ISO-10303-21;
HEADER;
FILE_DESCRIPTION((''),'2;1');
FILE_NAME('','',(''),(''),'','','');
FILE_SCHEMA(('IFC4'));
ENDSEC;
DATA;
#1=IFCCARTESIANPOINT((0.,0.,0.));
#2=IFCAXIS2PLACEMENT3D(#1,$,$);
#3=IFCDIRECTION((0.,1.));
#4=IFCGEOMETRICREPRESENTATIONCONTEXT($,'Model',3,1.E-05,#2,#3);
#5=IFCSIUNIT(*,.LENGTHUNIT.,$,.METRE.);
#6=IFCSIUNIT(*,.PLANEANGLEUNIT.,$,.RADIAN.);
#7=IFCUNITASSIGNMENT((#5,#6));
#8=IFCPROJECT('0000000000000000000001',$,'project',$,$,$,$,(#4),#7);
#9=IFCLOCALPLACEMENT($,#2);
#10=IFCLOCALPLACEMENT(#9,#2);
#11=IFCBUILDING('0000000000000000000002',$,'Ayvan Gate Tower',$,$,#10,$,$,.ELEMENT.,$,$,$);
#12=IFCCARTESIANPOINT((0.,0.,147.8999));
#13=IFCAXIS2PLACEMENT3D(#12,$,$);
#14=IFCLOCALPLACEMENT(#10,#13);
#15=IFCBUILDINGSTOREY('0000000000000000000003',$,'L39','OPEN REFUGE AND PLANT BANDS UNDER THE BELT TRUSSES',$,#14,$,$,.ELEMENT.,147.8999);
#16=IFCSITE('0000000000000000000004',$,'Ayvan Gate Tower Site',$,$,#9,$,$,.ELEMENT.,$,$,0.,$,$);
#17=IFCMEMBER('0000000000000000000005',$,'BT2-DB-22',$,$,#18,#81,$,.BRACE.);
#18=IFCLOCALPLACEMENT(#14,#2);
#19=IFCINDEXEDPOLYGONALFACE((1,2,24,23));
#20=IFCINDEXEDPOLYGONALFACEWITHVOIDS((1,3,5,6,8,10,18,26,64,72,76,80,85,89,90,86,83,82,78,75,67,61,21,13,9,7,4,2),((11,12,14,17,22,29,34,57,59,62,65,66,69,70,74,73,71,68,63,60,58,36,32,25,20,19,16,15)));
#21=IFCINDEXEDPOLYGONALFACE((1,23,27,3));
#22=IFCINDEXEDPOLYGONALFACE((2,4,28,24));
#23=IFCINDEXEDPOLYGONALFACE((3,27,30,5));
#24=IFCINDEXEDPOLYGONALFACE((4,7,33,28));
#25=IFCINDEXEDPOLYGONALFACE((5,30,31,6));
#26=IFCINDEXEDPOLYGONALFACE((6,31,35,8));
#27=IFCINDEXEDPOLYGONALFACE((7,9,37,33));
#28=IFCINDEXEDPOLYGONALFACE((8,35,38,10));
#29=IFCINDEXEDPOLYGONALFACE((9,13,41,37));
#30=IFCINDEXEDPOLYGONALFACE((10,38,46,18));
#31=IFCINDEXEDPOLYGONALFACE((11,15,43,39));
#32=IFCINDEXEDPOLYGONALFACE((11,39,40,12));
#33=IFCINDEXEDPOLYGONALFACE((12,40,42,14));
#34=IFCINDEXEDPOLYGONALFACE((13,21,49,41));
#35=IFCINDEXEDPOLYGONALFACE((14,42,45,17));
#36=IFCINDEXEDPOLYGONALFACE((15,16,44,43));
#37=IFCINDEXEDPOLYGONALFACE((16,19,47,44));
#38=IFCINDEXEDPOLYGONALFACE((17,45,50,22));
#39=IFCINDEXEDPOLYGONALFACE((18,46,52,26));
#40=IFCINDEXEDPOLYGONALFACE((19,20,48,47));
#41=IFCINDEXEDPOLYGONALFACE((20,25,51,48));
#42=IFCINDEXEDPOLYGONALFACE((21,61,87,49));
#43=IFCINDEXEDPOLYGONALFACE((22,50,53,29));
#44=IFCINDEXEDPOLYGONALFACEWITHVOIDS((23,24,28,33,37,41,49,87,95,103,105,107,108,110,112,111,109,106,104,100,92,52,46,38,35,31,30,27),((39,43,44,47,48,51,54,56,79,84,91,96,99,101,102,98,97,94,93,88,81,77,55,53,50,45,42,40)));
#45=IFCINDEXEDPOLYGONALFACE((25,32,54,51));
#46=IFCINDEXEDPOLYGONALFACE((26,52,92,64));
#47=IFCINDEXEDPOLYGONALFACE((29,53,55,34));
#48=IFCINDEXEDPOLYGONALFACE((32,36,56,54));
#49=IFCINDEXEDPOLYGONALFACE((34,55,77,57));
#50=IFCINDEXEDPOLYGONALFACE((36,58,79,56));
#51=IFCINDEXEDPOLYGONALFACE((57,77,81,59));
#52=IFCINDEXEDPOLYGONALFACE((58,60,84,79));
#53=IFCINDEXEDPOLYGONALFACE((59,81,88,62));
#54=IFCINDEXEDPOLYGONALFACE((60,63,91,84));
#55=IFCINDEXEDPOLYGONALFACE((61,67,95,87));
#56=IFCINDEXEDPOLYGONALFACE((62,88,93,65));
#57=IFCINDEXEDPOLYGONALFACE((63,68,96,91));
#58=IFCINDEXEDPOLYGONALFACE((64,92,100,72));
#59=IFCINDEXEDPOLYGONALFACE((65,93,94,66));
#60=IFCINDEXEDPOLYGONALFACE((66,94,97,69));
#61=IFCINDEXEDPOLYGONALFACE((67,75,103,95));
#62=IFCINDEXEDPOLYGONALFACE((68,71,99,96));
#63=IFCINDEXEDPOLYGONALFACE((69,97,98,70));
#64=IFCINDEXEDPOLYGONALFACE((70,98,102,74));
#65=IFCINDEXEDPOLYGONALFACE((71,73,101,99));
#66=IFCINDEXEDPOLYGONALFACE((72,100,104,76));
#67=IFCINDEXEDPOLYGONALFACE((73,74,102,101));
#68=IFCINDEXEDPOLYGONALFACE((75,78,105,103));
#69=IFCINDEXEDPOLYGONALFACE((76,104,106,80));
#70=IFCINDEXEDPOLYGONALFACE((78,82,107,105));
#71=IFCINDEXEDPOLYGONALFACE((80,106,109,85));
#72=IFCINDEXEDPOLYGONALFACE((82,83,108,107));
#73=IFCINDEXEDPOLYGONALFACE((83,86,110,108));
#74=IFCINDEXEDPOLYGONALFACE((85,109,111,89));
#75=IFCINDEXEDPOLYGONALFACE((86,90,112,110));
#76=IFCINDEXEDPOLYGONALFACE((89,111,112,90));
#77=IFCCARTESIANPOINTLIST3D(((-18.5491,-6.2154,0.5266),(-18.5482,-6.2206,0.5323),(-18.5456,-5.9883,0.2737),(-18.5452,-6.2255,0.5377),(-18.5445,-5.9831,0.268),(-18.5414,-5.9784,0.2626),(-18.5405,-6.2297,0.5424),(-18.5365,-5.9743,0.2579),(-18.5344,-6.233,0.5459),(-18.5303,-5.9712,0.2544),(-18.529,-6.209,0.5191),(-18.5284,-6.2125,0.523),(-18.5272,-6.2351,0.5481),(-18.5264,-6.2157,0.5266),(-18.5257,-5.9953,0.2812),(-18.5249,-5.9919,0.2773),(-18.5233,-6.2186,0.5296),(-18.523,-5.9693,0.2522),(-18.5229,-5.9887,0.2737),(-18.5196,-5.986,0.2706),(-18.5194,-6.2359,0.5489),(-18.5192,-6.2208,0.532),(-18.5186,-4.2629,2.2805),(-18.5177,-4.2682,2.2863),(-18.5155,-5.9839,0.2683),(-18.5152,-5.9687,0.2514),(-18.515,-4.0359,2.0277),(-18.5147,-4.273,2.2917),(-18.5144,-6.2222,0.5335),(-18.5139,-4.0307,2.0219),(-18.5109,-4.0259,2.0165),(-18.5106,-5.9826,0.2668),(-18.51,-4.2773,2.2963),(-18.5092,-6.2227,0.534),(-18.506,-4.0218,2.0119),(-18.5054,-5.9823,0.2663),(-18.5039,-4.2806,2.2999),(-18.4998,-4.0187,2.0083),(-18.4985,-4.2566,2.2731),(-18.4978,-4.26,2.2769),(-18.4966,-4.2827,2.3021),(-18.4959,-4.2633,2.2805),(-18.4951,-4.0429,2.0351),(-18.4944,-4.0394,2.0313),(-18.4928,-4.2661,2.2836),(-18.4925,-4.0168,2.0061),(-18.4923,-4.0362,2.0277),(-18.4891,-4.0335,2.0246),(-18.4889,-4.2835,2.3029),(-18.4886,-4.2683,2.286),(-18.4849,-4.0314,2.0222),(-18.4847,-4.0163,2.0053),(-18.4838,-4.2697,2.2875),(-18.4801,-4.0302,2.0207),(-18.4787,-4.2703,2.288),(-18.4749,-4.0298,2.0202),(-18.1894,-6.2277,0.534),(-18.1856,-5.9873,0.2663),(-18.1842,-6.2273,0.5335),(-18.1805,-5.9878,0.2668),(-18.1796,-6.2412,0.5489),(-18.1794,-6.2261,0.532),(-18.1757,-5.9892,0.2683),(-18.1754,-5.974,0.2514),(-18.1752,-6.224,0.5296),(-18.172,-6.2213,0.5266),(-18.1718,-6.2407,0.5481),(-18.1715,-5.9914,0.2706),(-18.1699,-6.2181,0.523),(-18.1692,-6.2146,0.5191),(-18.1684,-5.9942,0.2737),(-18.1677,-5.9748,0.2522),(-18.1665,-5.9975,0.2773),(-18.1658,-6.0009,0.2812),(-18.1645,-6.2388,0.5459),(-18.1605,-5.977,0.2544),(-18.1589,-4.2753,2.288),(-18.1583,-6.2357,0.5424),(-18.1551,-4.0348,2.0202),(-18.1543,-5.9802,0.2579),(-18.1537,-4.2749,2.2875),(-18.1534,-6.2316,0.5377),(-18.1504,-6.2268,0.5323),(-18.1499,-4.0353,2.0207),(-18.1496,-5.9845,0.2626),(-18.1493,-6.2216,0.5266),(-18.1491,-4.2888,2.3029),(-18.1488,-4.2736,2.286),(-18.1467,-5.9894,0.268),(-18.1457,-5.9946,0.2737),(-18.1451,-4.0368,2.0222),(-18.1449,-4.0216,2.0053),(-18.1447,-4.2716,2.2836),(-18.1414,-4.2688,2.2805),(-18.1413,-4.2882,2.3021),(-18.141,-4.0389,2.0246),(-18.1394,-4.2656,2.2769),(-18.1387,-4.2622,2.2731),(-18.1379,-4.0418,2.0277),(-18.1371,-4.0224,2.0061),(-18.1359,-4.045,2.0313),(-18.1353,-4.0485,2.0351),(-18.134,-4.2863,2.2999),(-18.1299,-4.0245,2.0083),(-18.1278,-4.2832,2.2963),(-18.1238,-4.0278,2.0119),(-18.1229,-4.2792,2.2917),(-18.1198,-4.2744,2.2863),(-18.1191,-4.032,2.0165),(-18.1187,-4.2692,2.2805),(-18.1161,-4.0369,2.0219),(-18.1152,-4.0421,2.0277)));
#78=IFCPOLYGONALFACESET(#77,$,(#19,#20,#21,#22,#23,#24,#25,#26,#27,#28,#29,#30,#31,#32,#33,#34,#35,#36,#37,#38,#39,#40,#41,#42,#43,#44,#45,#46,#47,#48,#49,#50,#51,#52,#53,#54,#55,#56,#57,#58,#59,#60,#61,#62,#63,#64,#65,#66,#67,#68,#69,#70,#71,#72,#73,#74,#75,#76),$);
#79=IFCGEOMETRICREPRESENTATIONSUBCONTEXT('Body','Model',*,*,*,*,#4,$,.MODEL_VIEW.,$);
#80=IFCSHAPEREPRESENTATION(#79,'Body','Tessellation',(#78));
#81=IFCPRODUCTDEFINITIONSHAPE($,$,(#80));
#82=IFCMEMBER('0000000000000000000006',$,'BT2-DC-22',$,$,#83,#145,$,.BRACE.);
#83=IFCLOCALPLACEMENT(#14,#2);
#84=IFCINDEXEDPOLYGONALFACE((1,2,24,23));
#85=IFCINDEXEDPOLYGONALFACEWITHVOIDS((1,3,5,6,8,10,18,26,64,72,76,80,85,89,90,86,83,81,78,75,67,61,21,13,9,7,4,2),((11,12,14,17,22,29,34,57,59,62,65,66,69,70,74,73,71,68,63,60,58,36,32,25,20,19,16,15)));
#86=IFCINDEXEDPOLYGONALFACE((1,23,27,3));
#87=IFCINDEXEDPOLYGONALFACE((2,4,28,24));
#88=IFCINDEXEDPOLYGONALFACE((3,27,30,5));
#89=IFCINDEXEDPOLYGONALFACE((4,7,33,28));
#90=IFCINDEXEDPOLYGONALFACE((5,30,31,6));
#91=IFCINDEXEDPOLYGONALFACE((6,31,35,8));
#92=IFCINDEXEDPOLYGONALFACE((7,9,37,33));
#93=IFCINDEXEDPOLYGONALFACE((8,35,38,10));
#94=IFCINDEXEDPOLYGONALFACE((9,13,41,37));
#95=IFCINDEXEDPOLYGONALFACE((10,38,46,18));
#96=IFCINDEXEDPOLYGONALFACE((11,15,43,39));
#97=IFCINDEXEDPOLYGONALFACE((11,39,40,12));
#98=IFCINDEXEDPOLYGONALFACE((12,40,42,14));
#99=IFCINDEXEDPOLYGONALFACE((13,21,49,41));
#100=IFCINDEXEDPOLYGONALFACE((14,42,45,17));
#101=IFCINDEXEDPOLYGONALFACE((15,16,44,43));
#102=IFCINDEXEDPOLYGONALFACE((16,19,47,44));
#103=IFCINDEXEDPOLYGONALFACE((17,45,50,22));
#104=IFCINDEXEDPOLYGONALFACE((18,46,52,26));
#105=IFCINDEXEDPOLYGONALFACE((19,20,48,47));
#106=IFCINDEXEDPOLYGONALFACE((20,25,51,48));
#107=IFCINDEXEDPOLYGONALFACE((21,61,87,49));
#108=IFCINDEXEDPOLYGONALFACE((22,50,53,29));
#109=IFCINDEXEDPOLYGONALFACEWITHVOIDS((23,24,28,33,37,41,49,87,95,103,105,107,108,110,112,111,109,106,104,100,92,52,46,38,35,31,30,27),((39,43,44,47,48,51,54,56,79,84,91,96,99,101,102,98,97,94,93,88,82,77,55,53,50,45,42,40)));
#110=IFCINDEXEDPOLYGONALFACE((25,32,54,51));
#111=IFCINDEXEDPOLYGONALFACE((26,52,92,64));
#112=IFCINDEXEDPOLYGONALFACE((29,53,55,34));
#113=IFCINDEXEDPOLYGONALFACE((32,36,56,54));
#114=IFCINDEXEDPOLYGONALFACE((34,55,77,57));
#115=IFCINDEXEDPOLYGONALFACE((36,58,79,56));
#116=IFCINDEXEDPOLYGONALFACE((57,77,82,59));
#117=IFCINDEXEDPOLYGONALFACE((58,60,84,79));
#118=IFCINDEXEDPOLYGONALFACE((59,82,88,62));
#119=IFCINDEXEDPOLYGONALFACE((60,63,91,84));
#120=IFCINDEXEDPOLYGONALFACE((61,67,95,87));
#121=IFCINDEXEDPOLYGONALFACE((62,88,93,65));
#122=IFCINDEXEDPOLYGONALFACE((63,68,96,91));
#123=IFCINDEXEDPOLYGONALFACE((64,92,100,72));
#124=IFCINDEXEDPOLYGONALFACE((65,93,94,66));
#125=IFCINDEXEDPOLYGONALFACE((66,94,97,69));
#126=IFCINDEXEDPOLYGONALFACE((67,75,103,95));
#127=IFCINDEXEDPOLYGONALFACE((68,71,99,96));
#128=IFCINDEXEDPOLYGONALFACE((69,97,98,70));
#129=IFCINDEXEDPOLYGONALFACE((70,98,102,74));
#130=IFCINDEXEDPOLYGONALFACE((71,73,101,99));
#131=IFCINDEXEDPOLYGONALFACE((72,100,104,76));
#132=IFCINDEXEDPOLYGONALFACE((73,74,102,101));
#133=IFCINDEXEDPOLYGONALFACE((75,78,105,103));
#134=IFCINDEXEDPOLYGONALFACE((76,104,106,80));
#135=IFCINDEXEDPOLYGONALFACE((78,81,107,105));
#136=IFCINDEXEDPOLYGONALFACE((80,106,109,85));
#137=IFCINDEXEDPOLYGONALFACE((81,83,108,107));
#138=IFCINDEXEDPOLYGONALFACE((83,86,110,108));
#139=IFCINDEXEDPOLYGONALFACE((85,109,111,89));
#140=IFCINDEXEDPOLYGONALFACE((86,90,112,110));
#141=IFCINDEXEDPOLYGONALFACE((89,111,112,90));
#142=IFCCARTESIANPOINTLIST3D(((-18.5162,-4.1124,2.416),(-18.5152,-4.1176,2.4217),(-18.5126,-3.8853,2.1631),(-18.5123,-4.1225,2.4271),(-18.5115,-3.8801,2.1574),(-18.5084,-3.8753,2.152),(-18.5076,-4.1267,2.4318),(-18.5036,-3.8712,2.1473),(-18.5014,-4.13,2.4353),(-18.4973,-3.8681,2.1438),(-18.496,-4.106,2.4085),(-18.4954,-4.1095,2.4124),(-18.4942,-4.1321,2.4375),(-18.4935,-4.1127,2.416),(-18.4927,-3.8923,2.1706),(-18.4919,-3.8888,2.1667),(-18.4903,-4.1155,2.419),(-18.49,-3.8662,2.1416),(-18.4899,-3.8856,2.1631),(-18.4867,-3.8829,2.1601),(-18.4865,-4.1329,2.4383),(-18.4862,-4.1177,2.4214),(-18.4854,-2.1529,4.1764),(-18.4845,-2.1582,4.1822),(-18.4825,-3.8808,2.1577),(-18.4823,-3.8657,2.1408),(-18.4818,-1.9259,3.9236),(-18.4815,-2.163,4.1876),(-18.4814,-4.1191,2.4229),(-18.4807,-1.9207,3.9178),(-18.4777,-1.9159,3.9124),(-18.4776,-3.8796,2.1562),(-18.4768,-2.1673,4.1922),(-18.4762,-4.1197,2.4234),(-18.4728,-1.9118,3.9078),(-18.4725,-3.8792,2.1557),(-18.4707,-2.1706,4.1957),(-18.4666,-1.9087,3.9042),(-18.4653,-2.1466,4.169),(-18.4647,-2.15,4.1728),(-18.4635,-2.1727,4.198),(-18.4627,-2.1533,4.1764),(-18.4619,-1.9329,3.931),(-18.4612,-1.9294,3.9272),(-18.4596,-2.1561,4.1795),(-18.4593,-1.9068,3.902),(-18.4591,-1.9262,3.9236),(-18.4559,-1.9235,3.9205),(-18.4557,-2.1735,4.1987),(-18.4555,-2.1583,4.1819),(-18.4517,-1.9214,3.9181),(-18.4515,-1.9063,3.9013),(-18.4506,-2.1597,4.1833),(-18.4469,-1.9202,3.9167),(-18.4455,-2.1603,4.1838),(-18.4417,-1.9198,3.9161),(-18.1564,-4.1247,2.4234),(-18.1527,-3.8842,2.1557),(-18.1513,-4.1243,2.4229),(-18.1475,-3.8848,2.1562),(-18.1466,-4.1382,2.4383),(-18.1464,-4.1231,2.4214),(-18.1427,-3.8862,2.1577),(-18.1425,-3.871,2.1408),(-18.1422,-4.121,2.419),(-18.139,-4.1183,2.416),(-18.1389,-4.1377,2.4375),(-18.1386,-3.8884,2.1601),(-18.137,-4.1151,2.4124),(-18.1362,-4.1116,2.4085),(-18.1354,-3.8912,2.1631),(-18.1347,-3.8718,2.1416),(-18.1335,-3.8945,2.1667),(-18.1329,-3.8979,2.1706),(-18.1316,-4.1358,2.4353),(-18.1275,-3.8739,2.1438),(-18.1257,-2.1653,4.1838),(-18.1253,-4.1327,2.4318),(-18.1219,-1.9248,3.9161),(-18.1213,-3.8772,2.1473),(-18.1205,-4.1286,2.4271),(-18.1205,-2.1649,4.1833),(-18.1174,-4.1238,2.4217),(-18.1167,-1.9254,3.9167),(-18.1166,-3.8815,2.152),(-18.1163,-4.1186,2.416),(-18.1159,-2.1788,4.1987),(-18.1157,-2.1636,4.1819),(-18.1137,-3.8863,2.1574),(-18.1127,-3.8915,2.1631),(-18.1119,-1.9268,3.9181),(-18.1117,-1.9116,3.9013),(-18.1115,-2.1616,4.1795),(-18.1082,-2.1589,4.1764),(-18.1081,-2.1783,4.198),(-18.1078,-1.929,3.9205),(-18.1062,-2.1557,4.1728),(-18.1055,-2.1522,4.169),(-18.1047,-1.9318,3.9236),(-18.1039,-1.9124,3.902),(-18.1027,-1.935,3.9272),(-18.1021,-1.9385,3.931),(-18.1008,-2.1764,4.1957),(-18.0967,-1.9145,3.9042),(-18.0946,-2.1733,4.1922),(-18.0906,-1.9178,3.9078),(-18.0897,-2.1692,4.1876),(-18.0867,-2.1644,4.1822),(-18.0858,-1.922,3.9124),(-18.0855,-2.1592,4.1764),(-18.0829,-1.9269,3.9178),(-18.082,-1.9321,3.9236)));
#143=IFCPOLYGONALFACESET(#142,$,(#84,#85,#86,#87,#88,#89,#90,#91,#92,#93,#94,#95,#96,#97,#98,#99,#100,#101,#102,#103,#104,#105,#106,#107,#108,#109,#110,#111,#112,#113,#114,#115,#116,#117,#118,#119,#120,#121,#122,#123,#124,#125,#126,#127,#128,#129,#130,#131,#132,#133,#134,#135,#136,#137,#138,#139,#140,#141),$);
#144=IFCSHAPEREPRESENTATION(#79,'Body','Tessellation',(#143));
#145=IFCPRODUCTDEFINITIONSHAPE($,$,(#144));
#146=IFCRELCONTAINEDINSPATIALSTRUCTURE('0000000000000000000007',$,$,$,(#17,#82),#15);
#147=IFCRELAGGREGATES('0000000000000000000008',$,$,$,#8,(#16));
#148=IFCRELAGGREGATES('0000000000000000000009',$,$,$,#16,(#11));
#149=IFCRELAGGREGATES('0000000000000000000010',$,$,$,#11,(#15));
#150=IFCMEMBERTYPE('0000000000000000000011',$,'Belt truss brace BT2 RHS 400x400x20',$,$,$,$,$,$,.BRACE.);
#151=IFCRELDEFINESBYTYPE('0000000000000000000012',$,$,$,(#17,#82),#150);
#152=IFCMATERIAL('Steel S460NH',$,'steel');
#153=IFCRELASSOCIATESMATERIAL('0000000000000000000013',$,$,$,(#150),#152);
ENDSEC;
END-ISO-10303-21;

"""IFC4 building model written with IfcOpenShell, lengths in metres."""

from ifc_helpers import new_model, si_unit, direction, frame, origin, origin_2d, place, context, subcontext, project, spatial, hollow_rectangle, extrude, material, material_profile, profile_set, type_object, element, save


model = new_model("IFC4")

# Units and contexts
model_context = context("Model", 3, precision=1e-05, world=origin(), true_north=direction((0.0, 1.0)))
body_context = subcontext(model_context, "Body", "Model", "MODEL_VIEW")
ifc_project = project(units=[si_unit("LENGTHUNIT", "METRE"), si_unit("PLANEANGLEUNIT", "RADIAN")], contexts=[model_context])

# Site, building, storey
site_placement = place(None, origin())
site = spatial("IfcSite", under=ifc_project, at=site_placement, Name="Ayvan Gate Tower Site", CompositionType="ELEMENT", RefElevation=0.0)
building_placement = place(site_placement, origin())
building = spatial("IfcBuilding", under=site, at=building_placement, Name="Ayvan Gate Tower", CompositionType="ELEMENT")
storey_placement = place(building_placement, frame((0.0, 0.0, 147.8999)))
storey = spatial("IfcBuildingStorey", under=building, at=storey_placement, Name="L39", Description="OPEN REFUGE AND PLANT BANDS UNDER THE BELT TRUSSES", CompositionType="ELEMENT", Elevation=147.8999)

# Members
ifc_material_1 = material(Name="Steel S460NH", Category="steel")
ifc_material_profile_1 = material_profile(ifc_material_1, hollow_rectangle(XDim=0.3999, YDim=0.3999, WallThickness=0.02, InnerFilletRadius=0.02, OuterFilletRadius=0.03, at=origin_2d()), Name="RHS 400x400x20")
ifc_profile_set_1 = profile_set([ifc_material_profile_1], Name="Steel S460NH")
member_type_1 = type_object("IfcMemberType", Name="Belt truss brace BT2 RHS 400x400x20", PredefinedType="BRACE", material=ifc_profile_set_1)
member_1_placement = place(storey_placement, frame((-18.3474, -6.105, 0.4001), z_axis=(0.011627, 0.743859, 0.668236), x_axis=(-0.999878, 0.015629, 0.0)))
element("IfcMember", 1, at=member_1_placement, inside=storey, type_object=member_type_1, Name="BT2-DB-22", PredefinedType="BRACE", context=body_context, shape_type="SweptSolid", body=[
    extrude(hollow_rectangle(XDim=0.3999, YDim=0.3999, WallThickness=0.02, InnerFilletRadius=0.02, OuterFilletRadius=0.03, at=origin_2d()), origin(), (0.0, 0.0, 1.0), 2.6248),
])
member_2_placement = place(storey_placement, frame((-18.3145, -4.002, 2.2896), z_axis=(0.011677, 0.743815, 0.668284), x_axis=(-0.999877, 0.015697, 0.0)))
element("IfcMember", 2, at=member_2_placement, inside=storey, type_object=member_type_1, Name="BT2-DC-22", PredefinedType="BRACE", context=body_context, shape_type="SweptSolid", body=[
    extrude(hollow_rectangle(XDim=0.3999, YDim=0.3999, WallThickness=0.02, InnerFilletRadius=0.02, OuterFilletRadius=0.03, at=origin_2d()), origin(), (0.0, 0.0, 1.0), 2.6343),
])

save(model, "model.ifc")
